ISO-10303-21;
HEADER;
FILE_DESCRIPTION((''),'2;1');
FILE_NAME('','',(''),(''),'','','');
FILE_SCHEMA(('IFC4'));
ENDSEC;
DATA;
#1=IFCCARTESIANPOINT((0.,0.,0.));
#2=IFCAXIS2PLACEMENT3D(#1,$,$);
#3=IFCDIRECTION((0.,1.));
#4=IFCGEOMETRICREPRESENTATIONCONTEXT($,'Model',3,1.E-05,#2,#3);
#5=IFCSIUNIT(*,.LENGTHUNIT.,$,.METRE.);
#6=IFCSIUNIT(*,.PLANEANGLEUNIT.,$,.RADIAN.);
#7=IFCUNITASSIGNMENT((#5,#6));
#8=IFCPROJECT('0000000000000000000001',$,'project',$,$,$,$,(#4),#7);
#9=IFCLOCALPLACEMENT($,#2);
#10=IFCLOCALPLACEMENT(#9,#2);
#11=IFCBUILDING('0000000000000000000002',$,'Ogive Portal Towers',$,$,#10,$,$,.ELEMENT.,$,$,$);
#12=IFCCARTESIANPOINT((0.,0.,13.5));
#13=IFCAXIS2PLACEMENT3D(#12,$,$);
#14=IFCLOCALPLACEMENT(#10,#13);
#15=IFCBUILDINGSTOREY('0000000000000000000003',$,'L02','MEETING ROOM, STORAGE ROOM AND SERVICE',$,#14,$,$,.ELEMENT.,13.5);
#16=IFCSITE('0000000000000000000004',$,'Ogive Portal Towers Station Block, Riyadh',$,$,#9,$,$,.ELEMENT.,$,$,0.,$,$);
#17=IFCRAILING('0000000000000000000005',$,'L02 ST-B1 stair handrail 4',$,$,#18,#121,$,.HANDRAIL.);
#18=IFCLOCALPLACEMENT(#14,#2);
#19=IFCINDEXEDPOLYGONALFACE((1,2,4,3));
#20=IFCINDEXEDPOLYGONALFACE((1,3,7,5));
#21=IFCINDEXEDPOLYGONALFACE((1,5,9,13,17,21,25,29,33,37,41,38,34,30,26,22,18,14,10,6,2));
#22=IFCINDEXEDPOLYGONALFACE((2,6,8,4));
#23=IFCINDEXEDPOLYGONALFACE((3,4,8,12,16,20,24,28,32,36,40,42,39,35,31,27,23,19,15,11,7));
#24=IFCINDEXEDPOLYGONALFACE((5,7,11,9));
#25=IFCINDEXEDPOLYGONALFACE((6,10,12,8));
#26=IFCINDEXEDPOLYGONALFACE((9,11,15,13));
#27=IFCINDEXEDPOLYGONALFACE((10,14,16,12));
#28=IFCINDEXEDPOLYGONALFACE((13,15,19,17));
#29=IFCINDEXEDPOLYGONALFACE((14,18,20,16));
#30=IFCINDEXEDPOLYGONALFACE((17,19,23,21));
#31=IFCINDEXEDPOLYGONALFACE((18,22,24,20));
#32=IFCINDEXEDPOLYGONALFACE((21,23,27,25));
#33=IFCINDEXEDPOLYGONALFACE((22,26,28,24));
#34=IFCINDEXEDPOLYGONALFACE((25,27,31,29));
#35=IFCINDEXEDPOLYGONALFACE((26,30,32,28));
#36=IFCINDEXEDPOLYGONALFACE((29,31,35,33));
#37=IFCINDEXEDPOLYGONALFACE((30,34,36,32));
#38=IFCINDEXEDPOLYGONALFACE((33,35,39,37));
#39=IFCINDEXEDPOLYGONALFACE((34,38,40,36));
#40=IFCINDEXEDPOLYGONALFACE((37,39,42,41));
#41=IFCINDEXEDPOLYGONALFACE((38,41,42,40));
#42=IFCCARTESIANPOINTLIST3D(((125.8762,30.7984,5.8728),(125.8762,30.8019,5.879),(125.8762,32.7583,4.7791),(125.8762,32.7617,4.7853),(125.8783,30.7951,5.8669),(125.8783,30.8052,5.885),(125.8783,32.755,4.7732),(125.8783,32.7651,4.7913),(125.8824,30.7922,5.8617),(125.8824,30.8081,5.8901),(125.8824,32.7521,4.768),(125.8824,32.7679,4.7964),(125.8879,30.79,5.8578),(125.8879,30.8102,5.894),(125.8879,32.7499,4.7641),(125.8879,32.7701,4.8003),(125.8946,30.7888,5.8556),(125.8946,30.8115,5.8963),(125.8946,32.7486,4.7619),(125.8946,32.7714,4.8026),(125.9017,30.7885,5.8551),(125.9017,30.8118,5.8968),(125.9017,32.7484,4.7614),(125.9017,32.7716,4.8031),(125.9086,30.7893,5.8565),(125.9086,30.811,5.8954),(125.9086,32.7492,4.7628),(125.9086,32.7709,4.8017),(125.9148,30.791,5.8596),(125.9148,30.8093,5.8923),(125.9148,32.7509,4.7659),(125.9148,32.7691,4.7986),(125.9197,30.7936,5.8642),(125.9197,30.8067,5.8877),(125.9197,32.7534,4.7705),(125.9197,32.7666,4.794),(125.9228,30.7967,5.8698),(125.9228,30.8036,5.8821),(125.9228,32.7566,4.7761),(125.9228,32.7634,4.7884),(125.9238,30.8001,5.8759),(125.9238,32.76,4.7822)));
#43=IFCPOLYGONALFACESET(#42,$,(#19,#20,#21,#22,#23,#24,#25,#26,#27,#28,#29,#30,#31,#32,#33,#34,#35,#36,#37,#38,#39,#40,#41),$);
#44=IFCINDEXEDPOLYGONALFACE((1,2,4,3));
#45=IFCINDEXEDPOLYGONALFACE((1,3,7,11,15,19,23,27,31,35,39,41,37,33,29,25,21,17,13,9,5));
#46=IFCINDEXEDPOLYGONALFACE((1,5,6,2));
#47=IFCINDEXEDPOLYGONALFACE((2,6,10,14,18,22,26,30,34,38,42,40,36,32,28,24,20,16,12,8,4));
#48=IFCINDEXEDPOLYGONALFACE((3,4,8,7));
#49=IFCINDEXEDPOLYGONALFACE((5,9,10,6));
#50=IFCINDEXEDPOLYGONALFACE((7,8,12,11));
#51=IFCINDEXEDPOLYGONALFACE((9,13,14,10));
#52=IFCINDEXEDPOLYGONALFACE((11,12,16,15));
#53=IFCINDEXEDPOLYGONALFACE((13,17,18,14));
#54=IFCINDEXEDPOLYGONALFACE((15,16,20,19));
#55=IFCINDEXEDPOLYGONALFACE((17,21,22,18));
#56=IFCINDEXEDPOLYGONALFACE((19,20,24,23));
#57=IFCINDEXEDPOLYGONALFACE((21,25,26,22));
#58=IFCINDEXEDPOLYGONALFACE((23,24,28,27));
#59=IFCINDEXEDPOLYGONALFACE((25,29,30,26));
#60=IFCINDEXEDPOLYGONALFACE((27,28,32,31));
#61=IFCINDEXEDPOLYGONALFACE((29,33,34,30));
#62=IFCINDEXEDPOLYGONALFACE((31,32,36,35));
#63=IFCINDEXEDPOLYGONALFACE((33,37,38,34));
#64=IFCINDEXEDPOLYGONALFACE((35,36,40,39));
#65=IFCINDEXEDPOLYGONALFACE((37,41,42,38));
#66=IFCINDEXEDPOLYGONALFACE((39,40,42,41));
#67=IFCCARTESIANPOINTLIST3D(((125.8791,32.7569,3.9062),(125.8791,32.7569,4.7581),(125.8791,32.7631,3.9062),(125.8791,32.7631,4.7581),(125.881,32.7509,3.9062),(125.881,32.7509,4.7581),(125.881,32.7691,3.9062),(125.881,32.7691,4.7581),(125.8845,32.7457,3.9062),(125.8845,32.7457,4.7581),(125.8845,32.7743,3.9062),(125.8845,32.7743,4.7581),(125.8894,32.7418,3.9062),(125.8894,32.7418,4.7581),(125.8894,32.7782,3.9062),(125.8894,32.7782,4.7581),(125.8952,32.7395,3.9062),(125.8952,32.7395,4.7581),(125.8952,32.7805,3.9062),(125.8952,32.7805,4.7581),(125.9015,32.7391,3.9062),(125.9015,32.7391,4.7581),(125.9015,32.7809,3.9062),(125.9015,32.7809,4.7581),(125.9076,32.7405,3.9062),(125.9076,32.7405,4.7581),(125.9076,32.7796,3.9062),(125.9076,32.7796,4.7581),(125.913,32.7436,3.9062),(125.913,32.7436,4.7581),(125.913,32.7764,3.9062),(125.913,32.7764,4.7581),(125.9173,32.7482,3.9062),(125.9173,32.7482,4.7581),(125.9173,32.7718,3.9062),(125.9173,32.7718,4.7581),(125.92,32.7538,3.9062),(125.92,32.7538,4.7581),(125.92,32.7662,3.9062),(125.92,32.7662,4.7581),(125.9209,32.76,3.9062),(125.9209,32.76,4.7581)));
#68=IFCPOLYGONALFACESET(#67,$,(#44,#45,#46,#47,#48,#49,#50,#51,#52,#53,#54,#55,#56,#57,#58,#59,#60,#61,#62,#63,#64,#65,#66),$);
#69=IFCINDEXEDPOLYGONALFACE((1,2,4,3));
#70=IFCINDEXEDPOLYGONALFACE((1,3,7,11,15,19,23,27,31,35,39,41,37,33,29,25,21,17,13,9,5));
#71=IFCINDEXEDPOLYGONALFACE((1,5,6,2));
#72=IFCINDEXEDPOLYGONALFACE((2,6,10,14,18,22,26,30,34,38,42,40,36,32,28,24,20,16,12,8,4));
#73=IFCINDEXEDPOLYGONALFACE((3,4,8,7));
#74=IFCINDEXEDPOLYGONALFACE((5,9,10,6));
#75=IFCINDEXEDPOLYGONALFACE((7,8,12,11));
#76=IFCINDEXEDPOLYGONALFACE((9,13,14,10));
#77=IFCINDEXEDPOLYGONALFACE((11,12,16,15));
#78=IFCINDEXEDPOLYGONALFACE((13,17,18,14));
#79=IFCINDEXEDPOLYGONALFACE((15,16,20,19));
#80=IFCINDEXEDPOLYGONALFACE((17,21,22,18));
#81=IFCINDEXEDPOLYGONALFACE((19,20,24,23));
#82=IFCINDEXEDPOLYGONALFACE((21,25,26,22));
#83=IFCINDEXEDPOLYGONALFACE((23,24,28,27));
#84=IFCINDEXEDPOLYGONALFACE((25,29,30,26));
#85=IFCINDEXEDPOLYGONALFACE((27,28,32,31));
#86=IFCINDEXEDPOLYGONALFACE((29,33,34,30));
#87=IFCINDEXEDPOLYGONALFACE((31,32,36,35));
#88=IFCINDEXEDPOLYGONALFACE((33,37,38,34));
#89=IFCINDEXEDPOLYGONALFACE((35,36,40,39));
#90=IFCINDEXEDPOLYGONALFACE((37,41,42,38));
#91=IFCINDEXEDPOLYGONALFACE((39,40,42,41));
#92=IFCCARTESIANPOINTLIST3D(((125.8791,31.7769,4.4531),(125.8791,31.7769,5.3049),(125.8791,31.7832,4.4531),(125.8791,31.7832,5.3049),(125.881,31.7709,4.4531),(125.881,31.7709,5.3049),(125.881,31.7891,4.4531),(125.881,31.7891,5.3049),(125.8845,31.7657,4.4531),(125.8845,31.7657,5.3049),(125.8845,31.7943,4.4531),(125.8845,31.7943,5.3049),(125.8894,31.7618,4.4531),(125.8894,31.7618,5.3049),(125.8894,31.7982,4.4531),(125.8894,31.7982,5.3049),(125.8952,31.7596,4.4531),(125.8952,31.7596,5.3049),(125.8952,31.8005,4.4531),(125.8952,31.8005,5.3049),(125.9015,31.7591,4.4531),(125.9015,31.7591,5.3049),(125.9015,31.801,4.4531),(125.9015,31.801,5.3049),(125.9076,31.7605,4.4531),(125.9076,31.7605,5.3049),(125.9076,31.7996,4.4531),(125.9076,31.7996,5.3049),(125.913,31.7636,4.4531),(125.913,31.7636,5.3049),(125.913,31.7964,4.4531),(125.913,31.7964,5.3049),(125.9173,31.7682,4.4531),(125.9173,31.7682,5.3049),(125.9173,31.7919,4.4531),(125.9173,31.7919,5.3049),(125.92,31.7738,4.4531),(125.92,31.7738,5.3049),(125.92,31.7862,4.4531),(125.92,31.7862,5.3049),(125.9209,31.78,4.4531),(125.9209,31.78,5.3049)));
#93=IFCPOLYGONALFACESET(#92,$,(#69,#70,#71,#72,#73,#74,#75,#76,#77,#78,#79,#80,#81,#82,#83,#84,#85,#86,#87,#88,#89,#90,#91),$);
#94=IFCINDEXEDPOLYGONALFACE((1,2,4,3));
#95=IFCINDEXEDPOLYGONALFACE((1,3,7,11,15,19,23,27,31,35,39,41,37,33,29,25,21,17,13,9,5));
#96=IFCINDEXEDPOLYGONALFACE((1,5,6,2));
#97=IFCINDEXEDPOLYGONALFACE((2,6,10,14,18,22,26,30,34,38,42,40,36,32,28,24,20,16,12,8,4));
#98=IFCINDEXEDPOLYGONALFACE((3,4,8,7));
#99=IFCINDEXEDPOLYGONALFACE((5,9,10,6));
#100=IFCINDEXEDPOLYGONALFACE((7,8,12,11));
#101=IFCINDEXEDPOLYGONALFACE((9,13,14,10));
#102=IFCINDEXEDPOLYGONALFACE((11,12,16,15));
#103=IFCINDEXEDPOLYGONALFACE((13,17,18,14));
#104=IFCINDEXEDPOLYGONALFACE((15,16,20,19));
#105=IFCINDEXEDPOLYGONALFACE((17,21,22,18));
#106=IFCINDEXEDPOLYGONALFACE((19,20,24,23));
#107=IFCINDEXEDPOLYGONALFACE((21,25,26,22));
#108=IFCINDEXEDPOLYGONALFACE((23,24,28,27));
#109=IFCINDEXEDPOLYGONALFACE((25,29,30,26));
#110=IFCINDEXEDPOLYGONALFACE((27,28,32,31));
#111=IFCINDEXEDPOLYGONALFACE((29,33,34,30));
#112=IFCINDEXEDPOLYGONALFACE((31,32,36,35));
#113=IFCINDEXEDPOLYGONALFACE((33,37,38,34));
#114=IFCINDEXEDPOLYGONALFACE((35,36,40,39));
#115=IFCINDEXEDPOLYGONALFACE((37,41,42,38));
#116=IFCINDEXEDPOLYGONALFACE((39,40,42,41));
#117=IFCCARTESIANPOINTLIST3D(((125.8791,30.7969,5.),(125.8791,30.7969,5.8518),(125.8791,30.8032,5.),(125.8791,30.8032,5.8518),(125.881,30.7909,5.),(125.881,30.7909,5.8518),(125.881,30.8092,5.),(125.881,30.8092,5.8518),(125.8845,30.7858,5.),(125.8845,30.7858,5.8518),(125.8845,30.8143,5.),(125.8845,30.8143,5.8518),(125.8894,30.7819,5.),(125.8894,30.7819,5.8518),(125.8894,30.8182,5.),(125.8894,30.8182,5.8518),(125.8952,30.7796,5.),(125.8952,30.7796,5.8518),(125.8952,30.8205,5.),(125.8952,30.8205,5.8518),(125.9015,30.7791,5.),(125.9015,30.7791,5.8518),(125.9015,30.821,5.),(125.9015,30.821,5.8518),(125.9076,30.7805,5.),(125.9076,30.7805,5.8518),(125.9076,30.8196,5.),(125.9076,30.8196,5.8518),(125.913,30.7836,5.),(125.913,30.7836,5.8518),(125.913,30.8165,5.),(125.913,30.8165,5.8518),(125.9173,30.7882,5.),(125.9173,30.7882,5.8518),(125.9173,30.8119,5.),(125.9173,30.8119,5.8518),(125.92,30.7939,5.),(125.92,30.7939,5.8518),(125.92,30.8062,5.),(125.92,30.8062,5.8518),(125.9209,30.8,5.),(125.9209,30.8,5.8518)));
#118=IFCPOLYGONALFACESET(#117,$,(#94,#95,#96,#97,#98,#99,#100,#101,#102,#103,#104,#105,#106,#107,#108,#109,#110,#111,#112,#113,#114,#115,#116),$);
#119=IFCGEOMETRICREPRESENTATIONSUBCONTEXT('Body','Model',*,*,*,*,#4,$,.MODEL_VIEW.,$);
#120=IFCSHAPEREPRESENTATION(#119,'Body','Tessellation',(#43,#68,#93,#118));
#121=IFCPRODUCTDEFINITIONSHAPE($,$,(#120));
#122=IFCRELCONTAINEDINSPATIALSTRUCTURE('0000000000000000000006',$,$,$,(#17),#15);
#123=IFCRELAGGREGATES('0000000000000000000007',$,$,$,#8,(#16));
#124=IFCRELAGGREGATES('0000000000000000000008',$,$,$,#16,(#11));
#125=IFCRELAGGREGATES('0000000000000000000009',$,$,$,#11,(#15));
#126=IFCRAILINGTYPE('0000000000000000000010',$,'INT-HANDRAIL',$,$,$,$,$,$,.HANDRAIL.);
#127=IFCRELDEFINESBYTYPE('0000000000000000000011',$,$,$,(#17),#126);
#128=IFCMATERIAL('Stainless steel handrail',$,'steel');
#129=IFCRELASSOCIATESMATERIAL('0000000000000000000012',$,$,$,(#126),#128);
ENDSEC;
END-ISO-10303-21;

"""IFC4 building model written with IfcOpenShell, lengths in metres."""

from ifc_helpers import new_model, si_unit, direction, frame, origin, origin_2d, place, context, subcontext, project, spatial, circle, extrude, material, type_object, element, save


model = new_model("IFC4")

# Units and contexts
model_context = context("Model", 3, precision=1e-05, world=origin(), true_north=direction((0.0, 1.0)))
body_context = subcontext(model_context, "Body", "Model", "MODEL_VIEW")
ifc_project = project(units=[si_unit("LENGTHUNIT", "METRE"), si_unit("PLANEANGLEUNIT", "RADIAN")], contexts=[model_context])

# Site, building, storey
site_placement = place(None, origin())
site = spatial("IfcSite", under=ifc_project, at=site_placement, Name="Ogive Portal Towers Station Block, Riyadh", CompositionType="ELEMENT", RefElevation=0.0)
building_placement = place(site_placement, origin())
building = spatial("IfcBuilding", under=site, at=building_placement, Name="Ogive Portal Towers", CompositionType="ELEMENT")
storey_placement = place(building_placement, frame((0.0, 0.0, 13.5)))
storey = spatial("IfcBuildingStorey", under=building, at=storey_placement, Name="L02", Description="MEETING ROOM, STORAGE ROOM AND SERVICE", CompositionType="ELEMENT", Elevation=13.5)

# Railing
ifc_material_1 = material(Name="Stainless steel handrail", Category="steel")
railing_type_1 = type_object("IfcRailingType", Name="INT-HANDRAIL", PredefinedType="HANDRAIL", material=ifc_material_1)
railing_1_placement = place(storey_placement, frame((125.8999, 32.76, 3.9062)))
element("IfcRailing", 1, at=railing_1_placement, inside=storey, type_object=railing_type_1, Name="L02 ST-B1 stair handrail 4", PredefinedType="HANDRAIL", context=body_context, shape_type="SweptSolid", body=[
    extrude(circle(Radius=0.0239, at=origin_2d()), frame((0.0, 0.0, 0.876), z_axis=(0.0, -0.873232, 0.487304), x_axis=(1.0, 0.0, 0.0)), (0.0, 0.0, 1.0), 2.2444),
    extrude(circle(Radius=0.021, at=origin_2d()), origin(), (0.0, 0.0, 1.0), 0.8518),
    extrude(circle(Radius=0.021, at=origin_2d()), frame((0.0, -0.98, 0.5469)), (0.0, 0.0, 1.0), 0.8518),
    extrude(circle(Radius=0.021, at=origin_2d()), frame((0.0, -1.96, 1.0938)), (0.0, 0.0, 1.0), 0.8518),
])

save(model, "model.ifc")
